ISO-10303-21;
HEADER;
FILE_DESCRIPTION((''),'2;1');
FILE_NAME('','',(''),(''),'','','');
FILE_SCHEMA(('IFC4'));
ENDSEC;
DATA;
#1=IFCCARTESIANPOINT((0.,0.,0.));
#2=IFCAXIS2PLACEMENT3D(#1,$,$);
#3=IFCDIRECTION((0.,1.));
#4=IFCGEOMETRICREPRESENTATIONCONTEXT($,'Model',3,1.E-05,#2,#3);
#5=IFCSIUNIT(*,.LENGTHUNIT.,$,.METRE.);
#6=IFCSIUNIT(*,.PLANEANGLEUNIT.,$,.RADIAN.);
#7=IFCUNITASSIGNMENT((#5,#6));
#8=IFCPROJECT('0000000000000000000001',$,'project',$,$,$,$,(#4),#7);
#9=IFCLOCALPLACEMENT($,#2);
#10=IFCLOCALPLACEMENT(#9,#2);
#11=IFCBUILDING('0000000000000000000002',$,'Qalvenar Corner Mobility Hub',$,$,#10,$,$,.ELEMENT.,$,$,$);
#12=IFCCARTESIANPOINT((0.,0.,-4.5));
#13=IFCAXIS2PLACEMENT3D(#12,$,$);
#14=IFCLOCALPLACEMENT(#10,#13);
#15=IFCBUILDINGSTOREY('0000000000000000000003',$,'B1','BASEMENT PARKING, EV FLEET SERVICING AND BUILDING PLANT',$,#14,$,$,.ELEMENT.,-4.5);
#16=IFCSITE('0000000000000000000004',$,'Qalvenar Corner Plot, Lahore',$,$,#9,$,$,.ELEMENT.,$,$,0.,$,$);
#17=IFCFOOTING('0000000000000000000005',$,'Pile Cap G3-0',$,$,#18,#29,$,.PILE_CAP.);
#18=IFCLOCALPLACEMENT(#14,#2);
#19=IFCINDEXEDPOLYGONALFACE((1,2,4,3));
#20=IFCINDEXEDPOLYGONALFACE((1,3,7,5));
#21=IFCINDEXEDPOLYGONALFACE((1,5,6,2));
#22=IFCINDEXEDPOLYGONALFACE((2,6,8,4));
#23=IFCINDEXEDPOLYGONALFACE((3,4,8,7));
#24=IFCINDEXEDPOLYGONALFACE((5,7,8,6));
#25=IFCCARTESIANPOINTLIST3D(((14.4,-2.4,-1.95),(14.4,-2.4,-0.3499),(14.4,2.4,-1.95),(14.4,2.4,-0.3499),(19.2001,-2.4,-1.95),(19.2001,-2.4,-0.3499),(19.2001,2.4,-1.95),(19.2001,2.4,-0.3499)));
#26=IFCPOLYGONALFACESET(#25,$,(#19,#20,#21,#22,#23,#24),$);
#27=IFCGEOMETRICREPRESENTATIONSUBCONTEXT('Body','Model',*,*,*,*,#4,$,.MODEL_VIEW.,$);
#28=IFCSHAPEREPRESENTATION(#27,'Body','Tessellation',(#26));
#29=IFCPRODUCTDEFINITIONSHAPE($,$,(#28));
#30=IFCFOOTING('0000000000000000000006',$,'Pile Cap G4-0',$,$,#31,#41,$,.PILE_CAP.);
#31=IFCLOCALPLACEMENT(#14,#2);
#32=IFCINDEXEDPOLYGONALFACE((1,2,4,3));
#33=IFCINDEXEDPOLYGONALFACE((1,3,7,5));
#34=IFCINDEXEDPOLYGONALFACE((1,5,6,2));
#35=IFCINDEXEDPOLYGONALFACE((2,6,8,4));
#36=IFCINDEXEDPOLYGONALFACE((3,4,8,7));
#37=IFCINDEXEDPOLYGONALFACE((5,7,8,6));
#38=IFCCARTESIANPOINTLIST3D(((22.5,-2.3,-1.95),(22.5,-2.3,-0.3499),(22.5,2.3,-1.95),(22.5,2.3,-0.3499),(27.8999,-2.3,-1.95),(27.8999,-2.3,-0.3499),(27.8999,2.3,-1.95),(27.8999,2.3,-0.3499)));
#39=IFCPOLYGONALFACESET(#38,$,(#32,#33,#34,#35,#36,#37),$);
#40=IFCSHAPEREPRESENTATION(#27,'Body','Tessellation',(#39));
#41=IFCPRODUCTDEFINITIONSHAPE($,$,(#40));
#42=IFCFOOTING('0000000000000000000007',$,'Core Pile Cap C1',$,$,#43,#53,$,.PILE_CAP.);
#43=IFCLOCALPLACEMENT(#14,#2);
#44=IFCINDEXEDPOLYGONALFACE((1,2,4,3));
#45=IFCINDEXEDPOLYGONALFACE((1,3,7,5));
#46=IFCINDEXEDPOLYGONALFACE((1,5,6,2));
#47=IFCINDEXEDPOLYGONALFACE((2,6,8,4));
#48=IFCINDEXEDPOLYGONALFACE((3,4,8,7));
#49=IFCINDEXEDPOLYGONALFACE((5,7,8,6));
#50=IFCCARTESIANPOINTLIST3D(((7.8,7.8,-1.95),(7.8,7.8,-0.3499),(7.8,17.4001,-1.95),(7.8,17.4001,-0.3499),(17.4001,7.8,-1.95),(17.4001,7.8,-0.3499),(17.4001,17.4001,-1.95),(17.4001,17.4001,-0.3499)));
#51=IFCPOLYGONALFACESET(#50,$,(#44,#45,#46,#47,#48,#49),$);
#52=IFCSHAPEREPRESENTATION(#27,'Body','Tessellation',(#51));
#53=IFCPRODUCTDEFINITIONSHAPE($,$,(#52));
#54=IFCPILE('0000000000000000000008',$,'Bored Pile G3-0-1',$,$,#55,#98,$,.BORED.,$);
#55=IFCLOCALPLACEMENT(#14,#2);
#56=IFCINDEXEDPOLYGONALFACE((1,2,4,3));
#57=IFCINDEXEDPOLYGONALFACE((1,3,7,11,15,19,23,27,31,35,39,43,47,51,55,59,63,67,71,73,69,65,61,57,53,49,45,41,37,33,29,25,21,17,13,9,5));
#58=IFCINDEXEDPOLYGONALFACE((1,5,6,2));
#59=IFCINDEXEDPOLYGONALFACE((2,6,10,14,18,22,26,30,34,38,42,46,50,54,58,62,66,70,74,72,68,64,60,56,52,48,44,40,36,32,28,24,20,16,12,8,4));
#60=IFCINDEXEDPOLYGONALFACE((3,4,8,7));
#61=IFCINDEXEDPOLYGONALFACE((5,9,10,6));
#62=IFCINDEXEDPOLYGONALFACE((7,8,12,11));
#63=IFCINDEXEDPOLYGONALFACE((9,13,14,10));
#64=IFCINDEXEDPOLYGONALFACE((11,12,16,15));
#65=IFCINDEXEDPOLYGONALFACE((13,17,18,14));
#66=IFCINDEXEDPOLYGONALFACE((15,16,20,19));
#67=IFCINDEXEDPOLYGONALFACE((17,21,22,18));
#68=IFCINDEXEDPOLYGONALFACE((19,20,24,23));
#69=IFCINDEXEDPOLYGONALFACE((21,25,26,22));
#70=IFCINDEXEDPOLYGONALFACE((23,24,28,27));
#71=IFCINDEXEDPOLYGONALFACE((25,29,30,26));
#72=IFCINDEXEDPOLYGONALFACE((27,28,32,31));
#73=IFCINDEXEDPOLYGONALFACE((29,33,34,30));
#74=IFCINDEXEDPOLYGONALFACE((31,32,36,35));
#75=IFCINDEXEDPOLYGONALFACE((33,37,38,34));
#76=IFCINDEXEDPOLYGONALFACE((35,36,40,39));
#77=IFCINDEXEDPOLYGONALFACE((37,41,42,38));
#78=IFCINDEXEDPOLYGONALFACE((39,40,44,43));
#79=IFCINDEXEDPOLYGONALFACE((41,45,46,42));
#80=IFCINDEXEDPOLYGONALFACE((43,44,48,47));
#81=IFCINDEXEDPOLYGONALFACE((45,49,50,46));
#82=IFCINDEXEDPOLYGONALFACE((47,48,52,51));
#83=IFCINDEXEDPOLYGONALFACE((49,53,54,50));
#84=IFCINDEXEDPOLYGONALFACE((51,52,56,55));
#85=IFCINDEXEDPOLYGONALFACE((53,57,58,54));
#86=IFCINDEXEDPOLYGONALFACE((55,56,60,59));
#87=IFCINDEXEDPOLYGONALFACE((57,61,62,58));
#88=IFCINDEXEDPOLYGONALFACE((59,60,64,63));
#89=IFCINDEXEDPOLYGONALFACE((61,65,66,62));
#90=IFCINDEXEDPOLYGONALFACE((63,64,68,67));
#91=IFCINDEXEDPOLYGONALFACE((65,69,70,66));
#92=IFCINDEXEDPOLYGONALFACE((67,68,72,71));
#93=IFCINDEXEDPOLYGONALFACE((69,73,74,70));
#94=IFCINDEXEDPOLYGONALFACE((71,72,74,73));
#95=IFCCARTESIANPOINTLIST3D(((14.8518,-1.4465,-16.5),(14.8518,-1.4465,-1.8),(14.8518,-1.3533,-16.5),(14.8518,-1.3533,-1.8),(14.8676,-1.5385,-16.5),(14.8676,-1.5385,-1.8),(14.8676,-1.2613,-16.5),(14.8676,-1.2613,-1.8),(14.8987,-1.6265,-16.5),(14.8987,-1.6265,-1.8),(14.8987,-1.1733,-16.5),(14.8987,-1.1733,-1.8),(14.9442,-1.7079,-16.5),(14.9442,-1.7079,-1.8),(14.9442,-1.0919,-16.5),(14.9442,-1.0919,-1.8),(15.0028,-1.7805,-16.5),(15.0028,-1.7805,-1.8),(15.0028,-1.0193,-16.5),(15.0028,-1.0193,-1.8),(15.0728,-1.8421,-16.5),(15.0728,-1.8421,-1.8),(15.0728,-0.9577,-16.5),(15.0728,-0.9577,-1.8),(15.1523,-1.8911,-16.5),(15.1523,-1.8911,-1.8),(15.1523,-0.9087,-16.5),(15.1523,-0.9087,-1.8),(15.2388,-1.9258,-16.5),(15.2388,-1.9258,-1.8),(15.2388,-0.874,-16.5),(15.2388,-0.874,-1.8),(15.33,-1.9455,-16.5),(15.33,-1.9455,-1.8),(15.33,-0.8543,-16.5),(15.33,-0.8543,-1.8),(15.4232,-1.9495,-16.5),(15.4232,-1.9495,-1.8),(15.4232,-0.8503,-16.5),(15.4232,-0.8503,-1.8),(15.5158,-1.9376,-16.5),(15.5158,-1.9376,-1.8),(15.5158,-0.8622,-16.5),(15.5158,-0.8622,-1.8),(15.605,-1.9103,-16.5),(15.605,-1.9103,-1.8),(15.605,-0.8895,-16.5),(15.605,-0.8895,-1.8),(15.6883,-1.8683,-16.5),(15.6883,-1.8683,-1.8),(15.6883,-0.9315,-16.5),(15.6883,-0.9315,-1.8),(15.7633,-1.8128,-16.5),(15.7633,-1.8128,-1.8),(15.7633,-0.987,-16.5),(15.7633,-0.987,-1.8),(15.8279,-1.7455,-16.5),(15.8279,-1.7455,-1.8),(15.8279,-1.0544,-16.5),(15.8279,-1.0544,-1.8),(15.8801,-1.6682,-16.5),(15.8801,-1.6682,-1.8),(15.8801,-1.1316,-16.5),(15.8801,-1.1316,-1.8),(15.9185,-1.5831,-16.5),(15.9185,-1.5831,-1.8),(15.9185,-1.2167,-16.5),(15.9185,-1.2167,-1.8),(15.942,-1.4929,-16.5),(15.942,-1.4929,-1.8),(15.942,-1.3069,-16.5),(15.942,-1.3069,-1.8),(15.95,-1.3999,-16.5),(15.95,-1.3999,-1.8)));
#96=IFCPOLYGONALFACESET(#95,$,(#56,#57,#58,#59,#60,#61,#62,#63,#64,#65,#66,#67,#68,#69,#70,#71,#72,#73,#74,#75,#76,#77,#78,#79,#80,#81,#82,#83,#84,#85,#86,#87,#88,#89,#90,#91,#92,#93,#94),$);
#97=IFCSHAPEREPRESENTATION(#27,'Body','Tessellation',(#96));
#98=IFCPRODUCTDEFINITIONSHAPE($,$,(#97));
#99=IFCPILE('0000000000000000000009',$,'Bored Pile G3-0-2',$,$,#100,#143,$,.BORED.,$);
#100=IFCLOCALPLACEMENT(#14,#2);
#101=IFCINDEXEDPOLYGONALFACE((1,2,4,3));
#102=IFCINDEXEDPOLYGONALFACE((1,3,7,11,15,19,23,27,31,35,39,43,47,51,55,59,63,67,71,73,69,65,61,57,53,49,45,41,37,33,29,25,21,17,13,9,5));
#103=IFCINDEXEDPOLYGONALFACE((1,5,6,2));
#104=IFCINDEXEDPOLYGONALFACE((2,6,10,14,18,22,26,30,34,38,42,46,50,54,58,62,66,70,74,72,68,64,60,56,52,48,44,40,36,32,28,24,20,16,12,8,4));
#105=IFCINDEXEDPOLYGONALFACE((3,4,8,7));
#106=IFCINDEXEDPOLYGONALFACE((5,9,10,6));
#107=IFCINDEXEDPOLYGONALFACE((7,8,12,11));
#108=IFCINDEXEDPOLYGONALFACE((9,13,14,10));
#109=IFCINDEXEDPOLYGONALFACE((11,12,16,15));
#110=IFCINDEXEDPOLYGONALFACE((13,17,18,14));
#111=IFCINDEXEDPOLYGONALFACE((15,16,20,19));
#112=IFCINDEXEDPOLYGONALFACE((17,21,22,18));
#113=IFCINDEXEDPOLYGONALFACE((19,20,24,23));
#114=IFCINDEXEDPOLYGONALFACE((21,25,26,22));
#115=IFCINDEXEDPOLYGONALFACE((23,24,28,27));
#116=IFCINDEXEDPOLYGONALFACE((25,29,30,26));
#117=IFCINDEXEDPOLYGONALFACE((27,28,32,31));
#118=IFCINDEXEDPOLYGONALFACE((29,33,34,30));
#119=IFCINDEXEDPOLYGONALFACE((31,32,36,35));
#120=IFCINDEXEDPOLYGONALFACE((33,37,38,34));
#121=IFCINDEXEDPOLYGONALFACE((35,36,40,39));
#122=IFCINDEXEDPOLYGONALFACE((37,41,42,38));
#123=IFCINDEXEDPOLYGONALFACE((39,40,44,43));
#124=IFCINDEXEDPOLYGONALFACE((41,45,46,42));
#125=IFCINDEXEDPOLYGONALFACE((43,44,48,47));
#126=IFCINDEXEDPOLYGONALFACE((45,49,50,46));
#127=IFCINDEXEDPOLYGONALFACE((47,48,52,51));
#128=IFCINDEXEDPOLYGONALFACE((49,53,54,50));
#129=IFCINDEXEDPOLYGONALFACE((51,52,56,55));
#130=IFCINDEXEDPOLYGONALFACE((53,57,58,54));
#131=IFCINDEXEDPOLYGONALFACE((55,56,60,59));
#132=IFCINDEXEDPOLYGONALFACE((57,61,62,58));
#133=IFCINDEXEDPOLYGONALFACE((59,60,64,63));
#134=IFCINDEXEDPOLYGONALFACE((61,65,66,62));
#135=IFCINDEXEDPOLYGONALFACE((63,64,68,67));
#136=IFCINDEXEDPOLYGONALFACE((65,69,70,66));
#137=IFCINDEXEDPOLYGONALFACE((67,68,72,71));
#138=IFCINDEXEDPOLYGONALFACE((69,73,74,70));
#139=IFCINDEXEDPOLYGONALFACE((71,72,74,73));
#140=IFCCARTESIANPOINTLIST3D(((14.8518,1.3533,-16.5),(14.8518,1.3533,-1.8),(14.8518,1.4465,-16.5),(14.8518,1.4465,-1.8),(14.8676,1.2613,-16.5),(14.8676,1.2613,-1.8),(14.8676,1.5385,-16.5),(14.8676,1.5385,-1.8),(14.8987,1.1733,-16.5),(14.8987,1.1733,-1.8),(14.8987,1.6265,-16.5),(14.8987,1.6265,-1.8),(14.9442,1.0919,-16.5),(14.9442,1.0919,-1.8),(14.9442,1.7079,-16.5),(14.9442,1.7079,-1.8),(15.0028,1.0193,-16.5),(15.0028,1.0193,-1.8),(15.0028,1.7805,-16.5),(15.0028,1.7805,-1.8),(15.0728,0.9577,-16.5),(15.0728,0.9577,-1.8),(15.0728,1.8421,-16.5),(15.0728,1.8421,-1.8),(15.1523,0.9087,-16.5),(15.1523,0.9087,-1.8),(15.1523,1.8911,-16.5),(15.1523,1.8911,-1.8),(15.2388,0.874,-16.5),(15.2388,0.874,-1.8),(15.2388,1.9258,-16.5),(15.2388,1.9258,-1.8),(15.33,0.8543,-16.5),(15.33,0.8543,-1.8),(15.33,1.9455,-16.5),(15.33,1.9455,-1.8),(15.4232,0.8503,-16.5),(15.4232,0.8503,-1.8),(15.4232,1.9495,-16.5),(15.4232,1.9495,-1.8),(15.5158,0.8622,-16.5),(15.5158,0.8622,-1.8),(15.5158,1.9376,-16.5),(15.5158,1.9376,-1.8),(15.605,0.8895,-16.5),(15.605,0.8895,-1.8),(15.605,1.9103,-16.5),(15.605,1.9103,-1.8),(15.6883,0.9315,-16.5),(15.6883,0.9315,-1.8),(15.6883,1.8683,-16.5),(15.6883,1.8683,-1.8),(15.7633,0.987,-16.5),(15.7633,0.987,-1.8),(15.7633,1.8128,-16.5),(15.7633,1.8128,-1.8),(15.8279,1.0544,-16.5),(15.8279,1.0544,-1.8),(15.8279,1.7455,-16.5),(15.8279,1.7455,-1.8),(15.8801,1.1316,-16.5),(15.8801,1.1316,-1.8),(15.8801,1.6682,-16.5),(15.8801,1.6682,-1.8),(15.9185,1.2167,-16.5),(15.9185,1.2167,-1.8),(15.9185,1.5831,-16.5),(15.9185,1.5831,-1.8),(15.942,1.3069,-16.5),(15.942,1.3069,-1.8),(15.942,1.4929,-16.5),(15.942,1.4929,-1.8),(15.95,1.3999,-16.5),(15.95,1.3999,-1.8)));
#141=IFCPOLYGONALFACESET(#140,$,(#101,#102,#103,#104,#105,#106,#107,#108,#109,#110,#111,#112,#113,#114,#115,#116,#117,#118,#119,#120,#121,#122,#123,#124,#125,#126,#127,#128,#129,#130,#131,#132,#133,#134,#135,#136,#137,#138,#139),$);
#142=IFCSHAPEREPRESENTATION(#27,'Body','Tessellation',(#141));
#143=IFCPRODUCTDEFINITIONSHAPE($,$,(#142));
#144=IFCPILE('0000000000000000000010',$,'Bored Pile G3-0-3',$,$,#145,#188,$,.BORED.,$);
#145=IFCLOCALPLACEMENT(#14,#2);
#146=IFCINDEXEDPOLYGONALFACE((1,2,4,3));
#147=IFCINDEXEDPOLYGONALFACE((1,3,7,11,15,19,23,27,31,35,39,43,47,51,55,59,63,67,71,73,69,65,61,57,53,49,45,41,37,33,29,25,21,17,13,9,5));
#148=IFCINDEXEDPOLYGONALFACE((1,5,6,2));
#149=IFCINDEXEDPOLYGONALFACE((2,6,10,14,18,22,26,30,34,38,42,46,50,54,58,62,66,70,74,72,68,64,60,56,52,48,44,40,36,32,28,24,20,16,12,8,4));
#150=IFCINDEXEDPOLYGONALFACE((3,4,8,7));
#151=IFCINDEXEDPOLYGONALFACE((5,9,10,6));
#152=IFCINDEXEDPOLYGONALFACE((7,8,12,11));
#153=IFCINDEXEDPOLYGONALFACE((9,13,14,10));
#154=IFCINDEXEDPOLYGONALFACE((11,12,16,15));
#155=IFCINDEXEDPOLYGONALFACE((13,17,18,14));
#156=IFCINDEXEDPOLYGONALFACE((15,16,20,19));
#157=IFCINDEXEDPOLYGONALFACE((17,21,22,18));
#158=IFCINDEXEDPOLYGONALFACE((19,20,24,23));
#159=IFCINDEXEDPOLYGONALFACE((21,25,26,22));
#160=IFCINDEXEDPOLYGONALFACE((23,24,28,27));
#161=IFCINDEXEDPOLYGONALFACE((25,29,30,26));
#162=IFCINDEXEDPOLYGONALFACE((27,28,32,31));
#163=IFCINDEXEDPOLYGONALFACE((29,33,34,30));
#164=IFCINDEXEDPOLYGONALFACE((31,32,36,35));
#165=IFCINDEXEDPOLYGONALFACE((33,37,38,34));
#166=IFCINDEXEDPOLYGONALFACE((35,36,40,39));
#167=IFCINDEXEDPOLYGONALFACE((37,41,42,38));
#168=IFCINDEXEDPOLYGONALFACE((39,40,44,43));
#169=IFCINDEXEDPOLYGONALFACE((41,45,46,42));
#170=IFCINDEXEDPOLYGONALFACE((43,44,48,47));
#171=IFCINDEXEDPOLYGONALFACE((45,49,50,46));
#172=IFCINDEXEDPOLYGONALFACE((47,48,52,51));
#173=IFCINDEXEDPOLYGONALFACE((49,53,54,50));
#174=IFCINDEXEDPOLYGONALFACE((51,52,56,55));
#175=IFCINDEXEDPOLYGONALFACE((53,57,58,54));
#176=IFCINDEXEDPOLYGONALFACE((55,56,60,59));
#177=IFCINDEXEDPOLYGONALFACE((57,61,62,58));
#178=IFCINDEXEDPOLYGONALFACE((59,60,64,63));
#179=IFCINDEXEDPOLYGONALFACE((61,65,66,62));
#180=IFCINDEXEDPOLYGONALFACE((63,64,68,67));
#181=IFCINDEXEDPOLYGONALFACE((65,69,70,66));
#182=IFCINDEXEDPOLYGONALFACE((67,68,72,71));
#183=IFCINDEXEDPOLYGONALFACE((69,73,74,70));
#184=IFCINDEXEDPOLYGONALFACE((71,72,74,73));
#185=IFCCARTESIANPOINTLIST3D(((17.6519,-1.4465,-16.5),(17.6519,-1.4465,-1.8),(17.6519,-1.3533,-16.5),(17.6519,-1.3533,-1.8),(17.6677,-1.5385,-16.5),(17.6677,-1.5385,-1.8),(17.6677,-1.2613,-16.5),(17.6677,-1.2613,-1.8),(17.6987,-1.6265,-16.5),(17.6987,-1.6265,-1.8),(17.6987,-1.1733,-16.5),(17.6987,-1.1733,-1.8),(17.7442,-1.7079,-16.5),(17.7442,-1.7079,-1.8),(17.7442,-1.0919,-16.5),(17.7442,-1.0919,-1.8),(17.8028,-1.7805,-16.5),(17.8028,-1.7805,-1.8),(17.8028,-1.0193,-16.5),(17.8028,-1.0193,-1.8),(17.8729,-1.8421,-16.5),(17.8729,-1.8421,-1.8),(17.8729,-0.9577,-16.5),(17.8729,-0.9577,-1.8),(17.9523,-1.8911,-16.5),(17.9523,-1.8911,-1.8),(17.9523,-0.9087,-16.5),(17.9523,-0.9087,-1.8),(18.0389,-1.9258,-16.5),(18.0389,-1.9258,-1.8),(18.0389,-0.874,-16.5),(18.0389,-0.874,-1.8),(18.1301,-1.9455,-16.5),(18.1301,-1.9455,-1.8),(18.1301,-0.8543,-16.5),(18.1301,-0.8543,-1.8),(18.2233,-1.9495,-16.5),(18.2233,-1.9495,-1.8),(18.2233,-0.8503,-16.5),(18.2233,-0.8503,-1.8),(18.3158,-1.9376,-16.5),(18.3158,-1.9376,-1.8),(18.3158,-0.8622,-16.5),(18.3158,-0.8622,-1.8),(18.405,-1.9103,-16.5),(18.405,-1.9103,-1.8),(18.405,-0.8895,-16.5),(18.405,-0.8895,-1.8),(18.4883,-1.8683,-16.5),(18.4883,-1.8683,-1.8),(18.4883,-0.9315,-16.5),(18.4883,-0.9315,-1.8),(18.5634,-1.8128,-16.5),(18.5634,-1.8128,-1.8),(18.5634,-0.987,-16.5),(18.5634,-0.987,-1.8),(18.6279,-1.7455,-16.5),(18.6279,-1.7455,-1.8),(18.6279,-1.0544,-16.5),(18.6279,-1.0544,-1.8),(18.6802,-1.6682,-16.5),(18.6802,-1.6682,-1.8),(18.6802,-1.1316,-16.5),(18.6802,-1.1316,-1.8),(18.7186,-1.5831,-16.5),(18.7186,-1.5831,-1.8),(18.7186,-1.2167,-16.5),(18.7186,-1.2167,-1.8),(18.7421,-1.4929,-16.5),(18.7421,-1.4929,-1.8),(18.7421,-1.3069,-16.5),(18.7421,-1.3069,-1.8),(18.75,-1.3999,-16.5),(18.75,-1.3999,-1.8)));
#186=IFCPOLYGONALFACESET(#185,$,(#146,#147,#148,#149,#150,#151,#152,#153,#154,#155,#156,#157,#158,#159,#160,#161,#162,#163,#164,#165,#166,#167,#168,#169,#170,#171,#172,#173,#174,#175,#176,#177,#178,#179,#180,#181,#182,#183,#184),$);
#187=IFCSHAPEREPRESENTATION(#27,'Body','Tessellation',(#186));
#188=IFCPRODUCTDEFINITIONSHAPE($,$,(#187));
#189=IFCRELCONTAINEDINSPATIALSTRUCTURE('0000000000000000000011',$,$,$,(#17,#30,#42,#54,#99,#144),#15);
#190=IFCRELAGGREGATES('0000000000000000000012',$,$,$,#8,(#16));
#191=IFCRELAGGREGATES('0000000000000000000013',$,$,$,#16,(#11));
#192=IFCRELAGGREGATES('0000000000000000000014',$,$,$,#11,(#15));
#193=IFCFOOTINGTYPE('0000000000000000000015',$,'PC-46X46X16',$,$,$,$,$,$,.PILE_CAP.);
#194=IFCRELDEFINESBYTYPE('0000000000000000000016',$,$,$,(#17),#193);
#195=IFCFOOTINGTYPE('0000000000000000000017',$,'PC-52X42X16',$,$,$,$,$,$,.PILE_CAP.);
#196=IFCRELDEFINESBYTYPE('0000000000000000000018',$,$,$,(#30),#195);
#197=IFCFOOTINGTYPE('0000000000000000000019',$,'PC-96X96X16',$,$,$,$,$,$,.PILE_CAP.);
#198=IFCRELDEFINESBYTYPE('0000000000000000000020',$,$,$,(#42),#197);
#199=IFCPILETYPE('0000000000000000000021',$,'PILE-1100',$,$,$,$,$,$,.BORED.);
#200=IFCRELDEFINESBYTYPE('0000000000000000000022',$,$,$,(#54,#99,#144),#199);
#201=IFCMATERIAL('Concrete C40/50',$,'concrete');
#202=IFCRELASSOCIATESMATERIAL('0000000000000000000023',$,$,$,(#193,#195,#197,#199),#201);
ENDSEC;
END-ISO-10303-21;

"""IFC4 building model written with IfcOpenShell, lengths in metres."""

from ifc_helpers import new_model, si_unit, direction, frame, origin, origin_2d, place, context, subcontext, project, spatial, rectangle, circle, extrude, material, material_profile, profile_set, type_object, element, save


model = new_model("IFC4")

# Units and contexts
model_context = context("Model", 3, precision=1e-05, world=origin(), true_north=direction((0.0, 1.0)))
body_context = subcontext(model_context, "Body", "Model", "MODEL_VIEW")
ifc_project = project(units=[si_unit("LENGTHUNIT", "METRE"), si_unit("PLANEANGLEUNIT", "RADIAN")], contexts=[model_context])

# Site, building, storey
site_placement = place(None, origin())
site = spatial("IfcSite", under=ifc_project, at=site_placement, Name="Qalvenar Corner Plot, Lahore", CompositionType="ELEMENT", RefElevation=0.0)
building_placement = place(site_placement, origin())
building = spatial("IfcBuilding", under=site, at=building_placement, Name="Qalvenar Corner Mobility Hub", CompositionType="ELEMENT")
storey_placement = place(building_placement, frame((0.0, 0.0, -4.5)))
storey = spatial("IfcBuildingStorey", under=building, at=storey_placement, Name="B1", Description="BASEMENT PARKING, EV FLEET SERVICING AND BUILDING PLANT", CompositionType="ELEMENT", Elevation=-4.5)

# Footings
ifc_material_1 = material(Name="Concrete C40/50", Category="concrete")
footing_type_1 = type_object("IfcFootingType", Name="PC-46X46X16", PredefinedType="PILE_CAP", material=ifc_material_1)
footing_1_placement = place(storey_placement, frame((16.8, 0.0, -1.95), z_axis=(0.0, 0.0, 1.0), x_axis=(1.0, 0.0, 0.0)))
element("IfcFooting", 1, at=footing_1_placement, inside=storey, type_object=footing_type_1, Name="Pile Cap G3-0", PredefinedType="PILE_CAP", context=body_context, shape_type="SweptSolid", body=[
    extrude(rectangle(XDim=4.8, YDim=4.8, at=origin_2d()), origin(), (0.0, 0.0, 1.0), 1.6001),
])
footing_type_2 = type_object("IfcFootingType", Name="PC-52X42X16", PredefinedType="PILE_CAP", material=ifc_material_1)
footing_2_placement = place(storey_placement, frame((25.2, 0.0, -1.95), z_axis=(0.0, 0.0, 1.0), x_axis=(1.0, 0.0, 0.0)))
element("IfcFooting", 2, at=footing_2_placement, inside=storey, type_object=footing_type_2, Name="Pile Cap G4-0", PredefinedType="PILE_CAP", context=body_context, shape_type="SweptSolid", body=[
    extrude(rectangle(XDim=5.3999, YDim=4.6001, at=origin_2d()), origin(), (0.0, 0.0, 1.0), 1.6001),
])
footing_type_3 = type_object("IfcFootingType", Name="PC-96X96X16", PredefinedType="PILE_CAP", material=ifc_material_1)
footing_3_placement = place(storey_placement, frame((12.6001, 12.6001, -1.95), z_axis=(0.0, 0.0, 1.0), x_axis=(1.0, 0.0, 0.0)))
element("IfcFooting", 3, at=footing_3_placement, inside=storey, type_object=footing_type_3, Name="Core Pile Cap C1", PredefinedType="PILE_CAP", context=body_context, shape_type="SweptSolid", body=[
    extrude(rectangle(XDim=9.6001, YDim=9.6001, at=origin_2d()), origin(), (0.0, 0.0, 1.0), 1.6001),
])

# Piles
ifc_material_profile_1 = material_profile(ifc_material_1, circle(Radius=0.55, at=origin_2d()), Name="DIA1100")
ifc_profile_set_1 = profile_set([ifc_material_profile_1], Name="Concrete C40/50")
pile_type_1 = type_object("IfcPileType", Name="PILE-1100", PredefinedType="BORED", material=ifc_profile_set_1)
for number, where, z_axis, x_axis, name in (
    (4, (15.3999, -1.3999, -1.8), (0.0, 0.0, -1.0), (1.0, 0.0, 0.0), "Bored Pile G3-0-1"),
    (5, (15.3999, 1.3999, -1.8), (0.0, 0.0, -1.0), (1.0, 0.0, 0.0), "Bored Pile G3-0-2"),
    (6, (18.2, -1.3999, -1.8), (0.0, 0.0, -1.0), (1.0, 0.0, 0.0), "Bored Pile G3-0-3"),
):
    element("IfcPile", number, at=place(storey_placement, frame(where, z_axis=z_axis, x_axis=x_axis)), inside=storey, type_object=pile_type_1, Name=name, PredefinedType="BORED", context=body_context, shape_type="SweptSolid", body=[
        extrude(circle(Radius=0.55, at=origin_2d()), origin(), (0.0, 0.0, 1.0), 14.7),
    ])

save(model, "model.ifc")
